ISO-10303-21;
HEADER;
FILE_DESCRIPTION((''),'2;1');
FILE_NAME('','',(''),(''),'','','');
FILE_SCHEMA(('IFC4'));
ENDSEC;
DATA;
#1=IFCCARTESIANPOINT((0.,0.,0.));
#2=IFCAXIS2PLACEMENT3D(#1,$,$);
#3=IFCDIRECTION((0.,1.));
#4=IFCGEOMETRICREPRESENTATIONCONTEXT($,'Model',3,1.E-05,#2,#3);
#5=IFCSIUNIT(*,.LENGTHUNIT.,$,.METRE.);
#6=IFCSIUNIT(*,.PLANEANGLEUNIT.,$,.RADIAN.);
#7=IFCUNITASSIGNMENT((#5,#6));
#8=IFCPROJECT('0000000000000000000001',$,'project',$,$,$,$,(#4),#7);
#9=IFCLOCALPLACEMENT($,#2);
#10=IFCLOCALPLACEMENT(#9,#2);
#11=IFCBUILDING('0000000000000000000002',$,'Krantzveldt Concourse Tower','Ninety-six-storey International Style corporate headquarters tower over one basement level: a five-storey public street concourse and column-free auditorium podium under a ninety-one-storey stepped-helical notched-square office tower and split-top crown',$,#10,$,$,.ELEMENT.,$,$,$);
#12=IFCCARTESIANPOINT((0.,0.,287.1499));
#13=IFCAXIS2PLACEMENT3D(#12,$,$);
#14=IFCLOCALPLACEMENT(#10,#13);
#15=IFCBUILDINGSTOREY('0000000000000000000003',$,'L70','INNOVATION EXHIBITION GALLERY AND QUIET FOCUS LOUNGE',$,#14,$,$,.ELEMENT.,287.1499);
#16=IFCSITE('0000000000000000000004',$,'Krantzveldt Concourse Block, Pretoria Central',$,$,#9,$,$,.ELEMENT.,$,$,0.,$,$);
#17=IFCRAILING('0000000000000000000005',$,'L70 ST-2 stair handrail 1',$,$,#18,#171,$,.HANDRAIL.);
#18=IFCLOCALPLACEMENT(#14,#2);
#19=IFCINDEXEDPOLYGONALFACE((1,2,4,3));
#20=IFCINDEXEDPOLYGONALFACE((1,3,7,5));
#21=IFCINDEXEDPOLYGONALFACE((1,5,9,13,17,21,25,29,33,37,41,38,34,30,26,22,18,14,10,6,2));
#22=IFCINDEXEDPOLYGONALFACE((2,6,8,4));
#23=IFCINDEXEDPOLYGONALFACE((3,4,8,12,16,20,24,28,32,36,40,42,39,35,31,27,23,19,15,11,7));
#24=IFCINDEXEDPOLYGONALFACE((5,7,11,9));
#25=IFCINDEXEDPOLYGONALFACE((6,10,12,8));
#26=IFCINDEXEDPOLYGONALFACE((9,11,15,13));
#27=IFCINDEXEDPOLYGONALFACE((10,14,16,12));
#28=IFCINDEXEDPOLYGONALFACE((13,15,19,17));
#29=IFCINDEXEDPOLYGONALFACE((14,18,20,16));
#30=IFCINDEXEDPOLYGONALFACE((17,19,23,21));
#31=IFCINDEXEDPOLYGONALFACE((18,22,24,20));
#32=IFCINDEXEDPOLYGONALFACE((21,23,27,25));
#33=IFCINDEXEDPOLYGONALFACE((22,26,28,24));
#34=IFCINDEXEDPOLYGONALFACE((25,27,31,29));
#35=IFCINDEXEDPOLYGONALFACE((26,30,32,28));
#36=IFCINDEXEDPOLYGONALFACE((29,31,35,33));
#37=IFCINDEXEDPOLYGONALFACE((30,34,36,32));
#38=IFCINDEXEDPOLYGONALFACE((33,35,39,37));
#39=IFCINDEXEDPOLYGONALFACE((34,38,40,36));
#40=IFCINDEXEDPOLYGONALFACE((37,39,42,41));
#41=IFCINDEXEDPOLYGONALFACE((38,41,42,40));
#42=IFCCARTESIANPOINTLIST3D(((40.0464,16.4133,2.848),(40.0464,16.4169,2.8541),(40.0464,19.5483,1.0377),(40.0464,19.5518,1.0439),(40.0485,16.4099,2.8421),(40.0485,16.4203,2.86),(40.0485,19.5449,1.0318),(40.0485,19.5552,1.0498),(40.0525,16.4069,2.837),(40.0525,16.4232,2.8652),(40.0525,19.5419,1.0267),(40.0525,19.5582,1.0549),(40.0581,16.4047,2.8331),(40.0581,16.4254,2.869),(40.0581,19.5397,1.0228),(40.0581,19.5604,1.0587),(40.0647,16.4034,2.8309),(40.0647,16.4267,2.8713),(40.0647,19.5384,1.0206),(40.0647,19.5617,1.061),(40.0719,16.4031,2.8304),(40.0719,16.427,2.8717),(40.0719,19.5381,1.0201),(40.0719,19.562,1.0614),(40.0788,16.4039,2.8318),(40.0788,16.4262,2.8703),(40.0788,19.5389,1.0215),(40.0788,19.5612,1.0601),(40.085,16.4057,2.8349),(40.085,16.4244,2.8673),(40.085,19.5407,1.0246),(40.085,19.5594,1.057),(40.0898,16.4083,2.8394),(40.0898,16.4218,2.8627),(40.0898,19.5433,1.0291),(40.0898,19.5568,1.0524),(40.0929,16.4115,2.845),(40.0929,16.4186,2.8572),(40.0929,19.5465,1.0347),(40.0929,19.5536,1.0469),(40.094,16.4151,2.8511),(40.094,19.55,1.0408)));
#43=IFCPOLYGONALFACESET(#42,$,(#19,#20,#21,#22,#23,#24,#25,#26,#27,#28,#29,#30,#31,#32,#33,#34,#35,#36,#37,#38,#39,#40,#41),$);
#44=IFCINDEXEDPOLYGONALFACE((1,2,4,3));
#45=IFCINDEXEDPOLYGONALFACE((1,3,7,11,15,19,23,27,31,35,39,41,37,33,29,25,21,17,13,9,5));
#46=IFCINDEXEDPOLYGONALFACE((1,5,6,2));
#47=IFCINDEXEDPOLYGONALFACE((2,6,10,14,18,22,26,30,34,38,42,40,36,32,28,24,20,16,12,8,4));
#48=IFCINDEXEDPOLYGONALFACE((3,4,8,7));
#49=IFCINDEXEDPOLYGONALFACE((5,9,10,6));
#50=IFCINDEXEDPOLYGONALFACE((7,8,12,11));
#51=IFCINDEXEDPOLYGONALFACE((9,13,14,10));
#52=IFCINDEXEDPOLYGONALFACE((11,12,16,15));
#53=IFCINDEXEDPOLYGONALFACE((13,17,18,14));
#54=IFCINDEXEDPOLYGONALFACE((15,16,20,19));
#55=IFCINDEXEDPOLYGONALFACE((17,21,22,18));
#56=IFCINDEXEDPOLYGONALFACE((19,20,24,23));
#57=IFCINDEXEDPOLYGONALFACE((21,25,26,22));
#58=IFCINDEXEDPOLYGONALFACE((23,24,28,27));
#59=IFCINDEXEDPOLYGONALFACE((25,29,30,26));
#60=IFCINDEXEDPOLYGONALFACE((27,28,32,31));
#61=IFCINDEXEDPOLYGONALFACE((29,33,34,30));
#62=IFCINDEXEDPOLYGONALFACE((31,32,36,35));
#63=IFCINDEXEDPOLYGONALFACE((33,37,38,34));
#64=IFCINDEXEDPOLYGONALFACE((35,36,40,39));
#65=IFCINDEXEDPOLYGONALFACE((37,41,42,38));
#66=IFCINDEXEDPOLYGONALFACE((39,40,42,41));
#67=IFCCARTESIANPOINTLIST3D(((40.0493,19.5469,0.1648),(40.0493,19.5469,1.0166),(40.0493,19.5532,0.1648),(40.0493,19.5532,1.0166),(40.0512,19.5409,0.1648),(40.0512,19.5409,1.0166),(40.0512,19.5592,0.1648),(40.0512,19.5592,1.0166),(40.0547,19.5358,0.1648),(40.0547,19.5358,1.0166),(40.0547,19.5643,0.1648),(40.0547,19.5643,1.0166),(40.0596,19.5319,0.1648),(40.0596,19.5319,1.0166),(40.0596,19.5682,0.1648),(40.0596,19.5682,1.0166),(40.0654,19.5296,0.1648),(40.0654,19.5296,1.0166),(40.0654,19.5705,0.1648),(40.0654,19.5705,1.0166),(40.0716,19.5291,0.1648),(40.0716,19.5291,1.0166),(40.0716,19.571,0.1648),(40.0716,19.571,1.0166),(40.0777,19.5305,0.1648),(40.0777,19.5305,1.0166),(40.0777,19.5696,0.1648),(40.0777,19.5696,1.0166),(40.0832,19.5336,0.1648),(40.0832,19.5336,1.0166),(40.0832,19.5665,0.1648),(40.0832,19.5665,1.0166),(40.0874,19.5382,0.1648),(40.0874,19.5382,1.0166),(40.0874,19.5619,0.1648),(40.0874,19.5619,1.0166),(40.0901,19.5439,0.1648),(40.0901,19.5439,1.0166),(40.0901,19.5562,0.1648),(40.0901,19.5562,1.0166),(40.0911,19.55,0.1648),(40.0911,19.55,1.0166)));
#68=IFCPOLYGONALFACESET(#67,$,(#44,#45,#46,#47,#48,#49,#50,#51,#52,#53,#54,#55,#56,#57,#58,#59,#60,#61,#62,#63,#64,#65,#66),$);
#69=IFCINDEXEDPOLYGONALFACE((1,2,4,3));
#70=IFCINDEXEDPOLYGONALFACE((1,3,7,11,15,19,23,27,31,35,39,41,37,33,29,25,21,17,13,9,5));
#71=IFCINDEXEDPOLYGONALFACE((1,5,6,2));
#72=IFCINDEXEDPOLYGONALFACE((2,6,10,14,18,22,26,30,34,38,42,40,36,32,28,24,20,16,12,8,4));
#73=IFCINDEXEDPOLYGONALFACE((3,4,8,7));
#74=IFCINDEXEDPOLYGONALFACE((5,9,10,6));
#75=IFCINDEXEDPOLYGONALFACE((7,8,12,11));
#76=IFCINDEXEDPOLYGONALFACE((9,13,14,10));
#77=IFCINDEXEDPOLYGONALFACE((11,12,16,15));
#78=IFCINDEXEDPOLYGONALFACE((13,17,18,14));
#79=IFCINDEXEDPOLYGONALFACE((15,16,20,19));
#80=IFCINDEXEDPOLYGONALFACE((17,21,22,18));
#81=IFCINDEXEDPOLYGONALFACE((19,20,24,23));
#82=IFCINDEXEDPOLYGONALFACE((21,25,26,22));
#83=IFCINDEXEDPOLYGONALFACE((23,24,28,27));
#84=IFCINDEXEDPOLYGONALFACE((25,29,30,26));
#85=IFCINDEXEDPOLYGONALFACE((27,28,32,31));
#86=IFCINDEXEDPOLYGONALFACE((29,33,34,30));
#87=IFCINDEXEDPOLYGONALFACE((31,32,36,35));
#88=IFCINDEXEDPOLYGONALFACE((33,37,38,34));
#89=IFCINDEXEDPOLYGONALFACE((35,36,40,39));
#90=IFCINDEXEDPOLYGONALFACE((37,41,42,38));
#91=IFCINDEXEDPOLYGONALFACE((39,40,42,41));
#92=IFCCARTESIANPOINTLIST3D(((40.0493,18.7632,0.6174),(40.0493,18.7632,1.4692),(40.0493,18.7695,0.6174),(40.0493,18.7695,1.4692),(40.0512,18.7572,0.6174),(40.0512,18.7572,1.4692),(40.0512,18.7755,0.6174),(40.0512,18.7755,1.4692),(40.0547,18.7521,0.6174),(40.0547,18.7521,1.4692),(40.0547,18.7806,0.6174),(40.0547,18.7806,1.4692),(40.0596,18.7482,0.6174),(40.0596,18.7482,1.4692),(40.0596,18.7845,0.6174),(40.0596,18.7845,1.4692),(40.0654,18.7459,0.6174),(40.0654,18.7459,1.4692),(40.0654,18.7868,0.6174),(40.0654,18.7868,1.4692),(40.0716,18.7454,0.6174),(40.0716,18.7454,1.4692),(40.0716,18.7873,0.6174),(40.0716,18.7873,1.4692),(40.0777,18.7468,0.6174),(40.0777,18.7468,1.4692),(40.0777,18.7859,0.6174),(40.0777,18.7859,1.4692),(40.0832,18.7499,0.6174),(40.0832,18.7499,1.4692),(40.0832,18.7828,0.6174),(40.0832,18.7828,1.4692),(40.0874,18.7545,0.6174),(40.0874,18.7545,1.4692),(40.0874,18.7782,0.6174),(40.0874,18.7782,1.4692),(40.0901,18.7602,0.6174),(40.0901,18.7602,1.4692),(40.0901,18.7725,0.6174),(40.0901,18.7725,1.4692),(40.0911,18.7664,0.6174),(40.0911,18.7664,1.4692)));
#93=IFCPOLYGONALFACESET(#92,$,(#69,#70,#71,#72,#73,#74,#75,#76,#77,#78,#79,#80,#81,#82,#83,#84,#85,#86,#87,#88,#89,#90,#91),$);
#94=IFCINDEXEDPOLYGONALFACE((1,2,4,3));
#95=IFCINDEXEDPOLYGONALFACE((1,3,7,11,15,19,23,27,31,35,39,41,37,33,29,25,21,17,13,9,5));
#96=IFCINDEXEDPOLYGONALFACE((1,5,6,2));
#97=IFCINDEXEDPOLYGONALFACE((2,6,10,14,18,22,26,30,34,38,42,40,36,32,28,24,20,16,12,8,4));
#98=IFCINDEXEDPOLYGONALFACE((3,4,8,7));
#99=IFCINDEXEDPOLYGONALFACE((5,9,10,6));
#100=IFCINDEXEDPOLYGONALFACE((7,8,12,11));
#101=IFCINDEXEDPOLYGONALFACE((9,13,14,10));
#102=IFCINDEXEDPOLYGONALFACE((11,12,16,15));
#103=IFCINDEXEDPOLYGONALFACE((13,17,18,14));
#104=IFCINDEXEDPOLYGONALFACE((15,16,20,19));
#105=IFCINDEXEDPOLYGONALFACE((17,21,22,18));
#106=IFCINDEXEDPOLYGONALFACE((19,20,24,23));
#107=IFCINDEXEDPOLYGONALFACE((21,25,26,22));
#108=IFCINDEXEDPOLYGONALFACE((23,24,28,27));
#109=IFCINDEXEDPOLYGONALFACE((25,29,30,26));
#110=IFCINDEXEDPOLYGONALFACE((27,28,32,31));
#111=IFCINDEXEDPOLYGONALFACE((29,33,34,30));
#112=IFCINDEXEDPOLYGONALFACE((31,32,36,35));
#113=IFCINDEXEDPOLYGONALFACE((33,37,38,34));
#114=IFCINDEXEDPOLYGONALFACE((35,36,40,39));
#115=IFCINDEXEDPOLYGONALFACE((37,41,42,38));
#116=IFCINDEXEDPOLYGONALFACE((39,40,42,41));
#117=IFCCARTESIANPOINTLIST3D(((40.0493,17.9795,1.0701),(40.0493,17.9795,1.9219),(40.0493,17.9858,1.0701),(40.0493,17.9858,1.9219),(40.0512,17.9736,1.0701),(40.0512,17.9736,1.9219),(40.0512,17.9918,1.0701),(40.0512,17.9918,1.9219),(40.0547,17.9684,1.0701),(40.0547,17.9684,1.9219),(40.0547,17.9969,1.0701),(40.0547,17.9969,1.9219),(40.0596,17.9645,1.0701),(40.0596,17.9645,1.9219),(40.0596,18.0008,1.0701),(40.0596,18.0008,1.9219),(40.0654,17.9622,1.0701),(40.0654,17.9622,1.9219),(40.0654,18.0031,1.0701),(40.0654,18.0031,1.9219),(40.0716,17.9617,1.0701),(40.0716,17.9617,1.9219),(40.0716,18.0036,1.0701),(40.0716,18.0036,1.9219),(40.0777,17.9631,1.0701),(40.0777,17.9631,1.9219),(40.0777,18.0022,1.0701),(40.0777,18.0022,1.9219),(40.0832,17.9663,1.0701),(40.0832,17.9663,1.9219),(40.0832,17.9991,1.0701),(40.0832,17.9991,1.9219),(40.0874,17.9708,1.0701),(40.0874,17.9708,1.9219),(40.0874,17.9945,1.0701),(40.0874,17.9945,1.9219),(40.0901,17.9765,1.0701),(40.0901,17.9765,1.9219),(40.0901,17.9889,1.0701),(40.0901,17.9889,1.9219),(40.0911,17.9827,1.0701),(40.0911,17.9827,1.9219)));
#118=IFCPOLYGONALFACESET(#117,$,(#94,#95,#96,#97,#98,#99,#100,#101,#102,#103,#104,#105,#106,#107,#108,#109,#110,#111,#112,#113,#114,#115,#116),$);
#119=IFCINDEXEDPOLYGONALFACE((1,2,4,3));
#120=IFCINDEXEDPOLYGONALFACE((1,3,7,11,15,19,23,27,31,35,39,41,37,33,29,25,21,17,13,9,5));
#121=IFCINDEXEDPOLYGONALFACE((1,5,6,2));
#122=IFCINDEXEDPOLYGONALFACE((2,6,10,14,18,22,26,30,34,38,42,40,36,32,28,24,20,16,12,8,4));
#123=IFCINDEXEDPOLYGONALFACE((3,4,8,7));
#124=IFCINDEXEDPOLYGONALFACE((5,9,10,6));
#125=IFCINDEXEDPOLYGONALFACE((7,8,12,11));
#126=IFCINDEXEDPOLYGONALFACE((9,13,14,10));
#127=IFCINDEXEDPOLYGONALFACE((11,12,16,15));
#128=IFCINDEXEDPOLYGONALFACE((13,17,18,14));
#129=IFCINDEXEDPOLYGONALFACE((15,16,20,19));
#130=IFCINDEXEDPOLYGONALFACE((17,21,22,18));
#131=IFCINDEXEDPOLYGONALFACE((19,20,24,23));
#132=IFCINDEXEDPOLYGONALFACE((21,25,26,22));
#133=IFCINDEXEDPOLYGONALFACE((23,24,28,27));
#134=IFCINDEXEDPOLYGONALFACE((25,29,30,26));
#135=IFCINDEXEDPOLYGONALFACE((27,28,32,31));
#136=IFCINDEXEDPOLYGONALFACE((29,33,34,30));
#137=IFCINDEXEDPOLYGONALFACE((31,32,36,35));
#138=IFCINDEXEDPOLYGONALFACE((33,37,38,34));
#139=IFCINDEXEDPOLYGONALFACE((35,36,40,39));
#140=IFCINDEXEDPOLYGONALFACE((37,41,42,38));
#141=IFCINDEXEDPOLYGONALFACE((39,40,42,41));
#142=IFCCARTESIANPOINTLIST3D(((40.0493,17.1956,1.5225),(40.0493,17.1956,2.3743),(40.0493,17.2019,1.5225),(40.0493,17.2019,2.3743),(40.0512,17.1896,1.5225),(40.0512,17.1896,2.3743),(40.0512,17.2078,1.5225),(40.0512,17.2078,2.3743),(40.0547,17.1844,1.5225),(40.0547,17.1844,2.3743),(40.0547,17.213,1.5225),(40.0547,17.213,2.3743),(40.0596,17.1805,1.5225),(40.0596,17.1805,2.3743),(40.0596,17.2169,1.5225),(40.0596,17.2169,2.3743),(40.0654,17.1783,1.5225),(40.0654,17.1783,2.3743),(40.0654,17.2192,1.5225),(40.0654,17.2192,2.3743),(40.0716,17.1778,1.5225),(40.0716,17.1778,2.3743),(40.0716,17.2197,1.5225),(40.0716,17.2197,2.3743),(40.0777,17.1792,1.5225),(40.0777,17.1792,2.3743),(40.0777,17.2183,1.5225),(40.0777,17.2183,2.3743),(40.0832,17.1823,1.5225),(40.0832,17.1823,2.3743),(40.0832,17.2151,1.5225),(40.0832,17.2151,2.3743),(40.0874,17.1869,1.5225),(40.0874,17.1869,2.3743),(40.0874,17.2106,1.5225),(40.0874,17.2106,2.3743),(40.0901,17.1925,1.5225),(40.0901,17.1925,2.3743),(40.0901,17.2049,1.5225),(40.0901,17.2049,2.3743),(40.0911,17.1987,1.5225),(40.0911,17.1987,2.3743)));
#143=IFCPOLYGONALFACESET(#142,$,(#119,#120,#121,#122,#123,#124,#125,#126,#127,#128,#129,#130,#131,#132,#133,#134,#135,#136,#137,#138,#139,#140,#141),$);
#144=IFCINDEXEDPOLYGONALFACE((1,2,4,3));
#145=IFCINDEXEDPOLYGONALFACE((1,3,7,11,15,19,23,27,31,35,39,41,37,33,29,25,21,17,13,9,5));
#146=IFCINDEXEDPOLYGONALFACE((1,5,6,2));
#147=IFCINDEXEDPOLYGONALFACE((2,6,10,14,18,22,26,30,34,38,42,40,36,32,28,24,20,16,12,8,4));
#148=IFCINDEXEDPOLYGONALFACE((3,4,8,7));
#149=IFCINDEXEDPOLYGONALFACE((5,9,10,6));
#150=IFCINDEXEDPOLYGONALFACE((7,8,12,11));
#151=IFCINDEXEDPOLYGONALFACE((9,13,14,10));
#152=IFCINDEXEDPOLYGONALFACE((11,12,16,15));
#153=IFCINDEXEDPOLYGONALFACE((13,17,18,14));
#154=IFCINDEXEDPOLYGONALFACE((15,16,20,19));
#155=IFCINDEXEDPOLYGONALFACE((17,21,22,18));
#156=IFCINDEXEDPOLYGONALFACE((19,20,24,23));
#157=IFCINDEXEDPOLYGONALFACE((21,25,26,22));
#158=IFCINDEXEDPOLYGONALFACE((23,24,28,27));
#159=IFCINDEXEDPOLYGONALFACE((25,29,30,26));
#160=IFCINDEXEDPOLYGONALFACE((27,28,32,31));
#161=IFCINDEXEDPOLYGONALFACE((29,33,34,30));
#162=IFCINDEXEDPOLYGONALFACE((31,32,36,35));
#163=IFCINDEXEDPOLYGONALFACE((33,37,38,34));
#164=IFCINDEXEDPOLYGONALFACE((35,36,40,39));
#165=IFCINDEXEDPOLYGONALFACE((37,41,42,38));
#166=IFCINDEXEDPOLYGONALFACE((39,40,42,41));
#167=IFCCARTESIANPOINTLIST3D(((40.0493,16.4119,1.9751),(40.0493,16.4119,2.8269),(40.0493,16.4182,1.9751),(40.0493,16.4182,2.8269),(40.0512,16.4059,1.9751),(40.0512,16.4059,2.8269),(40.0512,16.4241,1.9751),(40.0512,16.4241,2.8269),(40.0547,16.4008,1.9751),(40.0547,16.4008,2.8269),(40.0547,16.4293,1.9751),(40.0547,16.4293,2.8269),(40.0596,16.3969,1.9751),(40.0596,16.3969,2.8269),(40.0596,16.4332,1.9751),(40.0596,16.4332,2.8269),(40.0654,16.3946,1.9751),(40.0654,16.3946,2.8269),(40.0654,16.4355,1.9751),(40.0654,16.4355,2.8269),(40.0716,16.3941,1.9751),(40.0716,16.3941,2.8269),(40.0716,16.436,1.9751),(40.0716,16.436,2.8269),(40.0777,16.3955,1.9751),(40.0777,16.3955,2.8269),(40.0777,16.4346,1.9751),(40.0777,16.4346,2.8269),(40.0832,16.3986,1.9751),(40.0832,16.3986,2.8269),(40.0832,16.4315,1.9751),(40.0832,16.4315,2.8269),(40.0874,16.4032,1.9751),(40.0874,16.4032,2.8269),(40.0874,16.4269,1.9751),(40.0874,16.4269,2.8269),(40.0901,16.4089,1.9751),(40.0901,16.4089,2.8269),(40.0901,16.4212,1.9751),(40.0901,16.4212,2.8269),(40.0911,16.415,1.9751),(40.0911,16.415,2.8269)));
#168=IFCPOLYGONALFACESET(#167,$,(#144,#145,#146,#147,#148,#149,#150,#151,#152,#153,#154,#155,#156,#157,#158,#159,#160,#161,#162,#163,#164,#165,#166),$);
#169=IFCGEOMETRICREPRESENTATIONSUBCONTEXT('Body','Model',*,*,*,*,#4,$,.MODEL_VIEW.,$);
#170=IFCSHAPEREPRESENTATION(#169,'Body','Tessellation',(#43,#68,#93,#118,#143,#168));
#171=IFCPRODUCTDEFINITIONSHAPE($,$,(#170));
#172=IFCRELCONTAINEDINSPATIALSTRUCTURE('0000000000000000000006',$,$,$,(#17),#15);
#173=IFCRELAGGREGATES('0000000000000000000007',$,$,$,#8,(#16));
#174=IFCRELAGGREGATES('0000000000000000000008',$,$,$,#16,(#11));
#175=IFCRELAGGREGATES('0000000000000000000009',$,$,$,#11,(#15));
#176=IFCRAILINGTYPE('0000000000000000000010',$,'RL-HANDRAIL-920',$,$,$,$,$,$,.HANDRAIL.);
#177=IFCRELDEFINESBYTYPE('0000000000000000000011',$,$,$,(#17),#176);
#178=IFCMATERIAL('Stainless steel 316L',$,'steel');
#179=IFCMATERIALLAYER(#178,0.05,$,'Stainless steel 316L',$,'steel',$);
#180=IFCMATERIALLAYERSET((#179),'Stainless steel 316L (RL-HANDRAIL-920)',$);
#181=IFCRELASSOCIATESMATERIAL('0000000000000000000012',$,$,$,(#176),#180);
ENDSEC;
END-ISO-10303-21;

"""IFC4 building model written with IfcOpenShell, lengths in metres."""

from ifc_helpers import new_model, si_unit, direction, frame, origin, origin_2d, place, context, subcontext, project, spatial, circle, extrude, material, layer, layer_set, type_object, element, save


model = new_model("IFC4")

# Units and contexts
model_context = context("Model", 3, precision=1e-05, world=origin(), true_north=direction((0.0, 1.0)))
body_context = subcontext(model_context, "Body", "Model", "MODEL_VIEW")
ifc_project = project(units=[si_unit("LENGTHUNIT", "METRE"), si_unit("PLANEANGLEUNIT", "RADIAN")], contexts=[model_context])

# Site, building, storey
site_placement = place(None, origin())
site = spatial("IfcSite", under=ifc_project, at=site_placement, Name="Krantzveldt Concourse Block, Pretoria Central", CompositionType="ELEMENT", RefElevation=0.0)
building_placement = place(site_placement, origin())
building = spatial("IfcBuilding", under=site, at=building_placement, Name="Krantzveldt Concourse Tower", Description="Ninety-six-storey International Style corporate headquarters tower over one basement level: a five-storey public street concourse and column-free auditorium podium under a ninety-one-storey stepped-helical notched-square office tower and split-top crown", CompositionType="ELEMENT")
storey_placement = place(building_placement, frame((0.0, 0.0, 287.1499)))
storey = spatial("IfcBuildingStorey", under=building, at=storey_placement, Name="L70", Description="INNOVATION EXHIBITION GALLERY AND QUIET FOCUS LOUNGE", CompositionType="ELEMENT", Elevation=287.1499)

# Shared definitions
ifc_material_1 = material(Name="Stainless steel 316L", Category="steel")

# Railing
ifc_layer_1 = layer(ifc_material_1, 0.05, Name="Stainless steel 316L", Category="steel")
ifc_layer_set_1 = layer_set([ifc_layer_1], Name="Stainless steel 316L (RL-HANDRAIL-920)")
railing_type_1 = type_object("IfcRailingType", Name="RL-HANDRAIL-920", PredefinedType="HANDRAIL", material=ifc_layer_set_1)
railing_1_placement = place(storey_placement, frame((40.0701, 19.55, 0.1648)))
element("IfcRailing", 1, at=railing_1_placement, inside=storey, type_object=railing_type_1, Name="L70 ST-2 stair handrail 1", PredefinedType="HANDRAIL", context=body_context, shape_type="SweptSolid", body=[
    extrude(circle(Radius=0.0239, at=origin_2d()), frame((0.0, 0.0, 0.876), z_axis=(0.0, -0.865989, 0.500063), x_axis=(1.0, 0.0, 0.0)), (0.0, 0.0, 1.0), 3.6201),
    extrude(circle(Radius=0.021, at=origin_2d()), origin(), (0.0, 0.0, 1.0), 0.8518),
    extrude(circle(Radius=0.021, at=origin_2d()), frame((0.0, -0.7837, 0.4526)), (0.0, 0.0, 1.0), 0.8518),
    extrude(circle(Radius=0.021, at=origin_2d()), frame((0.0, -1.5674, 0.9053)), (0.0, 0.0, 1.0), 0.8518),
    extrude(circle(Radius=0.021, at=origin_2d()), frame((0.0, -2.3513, 1.3577)), (0.0, 0.0, 1.0), 0.8518),
    extrude(circle(Radius=0.021, at=origin_2d()), frame((0.0, -3.135, 1.8103)), (0.0, 0.0, 1.0), 0.8518),
])

save(model, "model.ifc")
